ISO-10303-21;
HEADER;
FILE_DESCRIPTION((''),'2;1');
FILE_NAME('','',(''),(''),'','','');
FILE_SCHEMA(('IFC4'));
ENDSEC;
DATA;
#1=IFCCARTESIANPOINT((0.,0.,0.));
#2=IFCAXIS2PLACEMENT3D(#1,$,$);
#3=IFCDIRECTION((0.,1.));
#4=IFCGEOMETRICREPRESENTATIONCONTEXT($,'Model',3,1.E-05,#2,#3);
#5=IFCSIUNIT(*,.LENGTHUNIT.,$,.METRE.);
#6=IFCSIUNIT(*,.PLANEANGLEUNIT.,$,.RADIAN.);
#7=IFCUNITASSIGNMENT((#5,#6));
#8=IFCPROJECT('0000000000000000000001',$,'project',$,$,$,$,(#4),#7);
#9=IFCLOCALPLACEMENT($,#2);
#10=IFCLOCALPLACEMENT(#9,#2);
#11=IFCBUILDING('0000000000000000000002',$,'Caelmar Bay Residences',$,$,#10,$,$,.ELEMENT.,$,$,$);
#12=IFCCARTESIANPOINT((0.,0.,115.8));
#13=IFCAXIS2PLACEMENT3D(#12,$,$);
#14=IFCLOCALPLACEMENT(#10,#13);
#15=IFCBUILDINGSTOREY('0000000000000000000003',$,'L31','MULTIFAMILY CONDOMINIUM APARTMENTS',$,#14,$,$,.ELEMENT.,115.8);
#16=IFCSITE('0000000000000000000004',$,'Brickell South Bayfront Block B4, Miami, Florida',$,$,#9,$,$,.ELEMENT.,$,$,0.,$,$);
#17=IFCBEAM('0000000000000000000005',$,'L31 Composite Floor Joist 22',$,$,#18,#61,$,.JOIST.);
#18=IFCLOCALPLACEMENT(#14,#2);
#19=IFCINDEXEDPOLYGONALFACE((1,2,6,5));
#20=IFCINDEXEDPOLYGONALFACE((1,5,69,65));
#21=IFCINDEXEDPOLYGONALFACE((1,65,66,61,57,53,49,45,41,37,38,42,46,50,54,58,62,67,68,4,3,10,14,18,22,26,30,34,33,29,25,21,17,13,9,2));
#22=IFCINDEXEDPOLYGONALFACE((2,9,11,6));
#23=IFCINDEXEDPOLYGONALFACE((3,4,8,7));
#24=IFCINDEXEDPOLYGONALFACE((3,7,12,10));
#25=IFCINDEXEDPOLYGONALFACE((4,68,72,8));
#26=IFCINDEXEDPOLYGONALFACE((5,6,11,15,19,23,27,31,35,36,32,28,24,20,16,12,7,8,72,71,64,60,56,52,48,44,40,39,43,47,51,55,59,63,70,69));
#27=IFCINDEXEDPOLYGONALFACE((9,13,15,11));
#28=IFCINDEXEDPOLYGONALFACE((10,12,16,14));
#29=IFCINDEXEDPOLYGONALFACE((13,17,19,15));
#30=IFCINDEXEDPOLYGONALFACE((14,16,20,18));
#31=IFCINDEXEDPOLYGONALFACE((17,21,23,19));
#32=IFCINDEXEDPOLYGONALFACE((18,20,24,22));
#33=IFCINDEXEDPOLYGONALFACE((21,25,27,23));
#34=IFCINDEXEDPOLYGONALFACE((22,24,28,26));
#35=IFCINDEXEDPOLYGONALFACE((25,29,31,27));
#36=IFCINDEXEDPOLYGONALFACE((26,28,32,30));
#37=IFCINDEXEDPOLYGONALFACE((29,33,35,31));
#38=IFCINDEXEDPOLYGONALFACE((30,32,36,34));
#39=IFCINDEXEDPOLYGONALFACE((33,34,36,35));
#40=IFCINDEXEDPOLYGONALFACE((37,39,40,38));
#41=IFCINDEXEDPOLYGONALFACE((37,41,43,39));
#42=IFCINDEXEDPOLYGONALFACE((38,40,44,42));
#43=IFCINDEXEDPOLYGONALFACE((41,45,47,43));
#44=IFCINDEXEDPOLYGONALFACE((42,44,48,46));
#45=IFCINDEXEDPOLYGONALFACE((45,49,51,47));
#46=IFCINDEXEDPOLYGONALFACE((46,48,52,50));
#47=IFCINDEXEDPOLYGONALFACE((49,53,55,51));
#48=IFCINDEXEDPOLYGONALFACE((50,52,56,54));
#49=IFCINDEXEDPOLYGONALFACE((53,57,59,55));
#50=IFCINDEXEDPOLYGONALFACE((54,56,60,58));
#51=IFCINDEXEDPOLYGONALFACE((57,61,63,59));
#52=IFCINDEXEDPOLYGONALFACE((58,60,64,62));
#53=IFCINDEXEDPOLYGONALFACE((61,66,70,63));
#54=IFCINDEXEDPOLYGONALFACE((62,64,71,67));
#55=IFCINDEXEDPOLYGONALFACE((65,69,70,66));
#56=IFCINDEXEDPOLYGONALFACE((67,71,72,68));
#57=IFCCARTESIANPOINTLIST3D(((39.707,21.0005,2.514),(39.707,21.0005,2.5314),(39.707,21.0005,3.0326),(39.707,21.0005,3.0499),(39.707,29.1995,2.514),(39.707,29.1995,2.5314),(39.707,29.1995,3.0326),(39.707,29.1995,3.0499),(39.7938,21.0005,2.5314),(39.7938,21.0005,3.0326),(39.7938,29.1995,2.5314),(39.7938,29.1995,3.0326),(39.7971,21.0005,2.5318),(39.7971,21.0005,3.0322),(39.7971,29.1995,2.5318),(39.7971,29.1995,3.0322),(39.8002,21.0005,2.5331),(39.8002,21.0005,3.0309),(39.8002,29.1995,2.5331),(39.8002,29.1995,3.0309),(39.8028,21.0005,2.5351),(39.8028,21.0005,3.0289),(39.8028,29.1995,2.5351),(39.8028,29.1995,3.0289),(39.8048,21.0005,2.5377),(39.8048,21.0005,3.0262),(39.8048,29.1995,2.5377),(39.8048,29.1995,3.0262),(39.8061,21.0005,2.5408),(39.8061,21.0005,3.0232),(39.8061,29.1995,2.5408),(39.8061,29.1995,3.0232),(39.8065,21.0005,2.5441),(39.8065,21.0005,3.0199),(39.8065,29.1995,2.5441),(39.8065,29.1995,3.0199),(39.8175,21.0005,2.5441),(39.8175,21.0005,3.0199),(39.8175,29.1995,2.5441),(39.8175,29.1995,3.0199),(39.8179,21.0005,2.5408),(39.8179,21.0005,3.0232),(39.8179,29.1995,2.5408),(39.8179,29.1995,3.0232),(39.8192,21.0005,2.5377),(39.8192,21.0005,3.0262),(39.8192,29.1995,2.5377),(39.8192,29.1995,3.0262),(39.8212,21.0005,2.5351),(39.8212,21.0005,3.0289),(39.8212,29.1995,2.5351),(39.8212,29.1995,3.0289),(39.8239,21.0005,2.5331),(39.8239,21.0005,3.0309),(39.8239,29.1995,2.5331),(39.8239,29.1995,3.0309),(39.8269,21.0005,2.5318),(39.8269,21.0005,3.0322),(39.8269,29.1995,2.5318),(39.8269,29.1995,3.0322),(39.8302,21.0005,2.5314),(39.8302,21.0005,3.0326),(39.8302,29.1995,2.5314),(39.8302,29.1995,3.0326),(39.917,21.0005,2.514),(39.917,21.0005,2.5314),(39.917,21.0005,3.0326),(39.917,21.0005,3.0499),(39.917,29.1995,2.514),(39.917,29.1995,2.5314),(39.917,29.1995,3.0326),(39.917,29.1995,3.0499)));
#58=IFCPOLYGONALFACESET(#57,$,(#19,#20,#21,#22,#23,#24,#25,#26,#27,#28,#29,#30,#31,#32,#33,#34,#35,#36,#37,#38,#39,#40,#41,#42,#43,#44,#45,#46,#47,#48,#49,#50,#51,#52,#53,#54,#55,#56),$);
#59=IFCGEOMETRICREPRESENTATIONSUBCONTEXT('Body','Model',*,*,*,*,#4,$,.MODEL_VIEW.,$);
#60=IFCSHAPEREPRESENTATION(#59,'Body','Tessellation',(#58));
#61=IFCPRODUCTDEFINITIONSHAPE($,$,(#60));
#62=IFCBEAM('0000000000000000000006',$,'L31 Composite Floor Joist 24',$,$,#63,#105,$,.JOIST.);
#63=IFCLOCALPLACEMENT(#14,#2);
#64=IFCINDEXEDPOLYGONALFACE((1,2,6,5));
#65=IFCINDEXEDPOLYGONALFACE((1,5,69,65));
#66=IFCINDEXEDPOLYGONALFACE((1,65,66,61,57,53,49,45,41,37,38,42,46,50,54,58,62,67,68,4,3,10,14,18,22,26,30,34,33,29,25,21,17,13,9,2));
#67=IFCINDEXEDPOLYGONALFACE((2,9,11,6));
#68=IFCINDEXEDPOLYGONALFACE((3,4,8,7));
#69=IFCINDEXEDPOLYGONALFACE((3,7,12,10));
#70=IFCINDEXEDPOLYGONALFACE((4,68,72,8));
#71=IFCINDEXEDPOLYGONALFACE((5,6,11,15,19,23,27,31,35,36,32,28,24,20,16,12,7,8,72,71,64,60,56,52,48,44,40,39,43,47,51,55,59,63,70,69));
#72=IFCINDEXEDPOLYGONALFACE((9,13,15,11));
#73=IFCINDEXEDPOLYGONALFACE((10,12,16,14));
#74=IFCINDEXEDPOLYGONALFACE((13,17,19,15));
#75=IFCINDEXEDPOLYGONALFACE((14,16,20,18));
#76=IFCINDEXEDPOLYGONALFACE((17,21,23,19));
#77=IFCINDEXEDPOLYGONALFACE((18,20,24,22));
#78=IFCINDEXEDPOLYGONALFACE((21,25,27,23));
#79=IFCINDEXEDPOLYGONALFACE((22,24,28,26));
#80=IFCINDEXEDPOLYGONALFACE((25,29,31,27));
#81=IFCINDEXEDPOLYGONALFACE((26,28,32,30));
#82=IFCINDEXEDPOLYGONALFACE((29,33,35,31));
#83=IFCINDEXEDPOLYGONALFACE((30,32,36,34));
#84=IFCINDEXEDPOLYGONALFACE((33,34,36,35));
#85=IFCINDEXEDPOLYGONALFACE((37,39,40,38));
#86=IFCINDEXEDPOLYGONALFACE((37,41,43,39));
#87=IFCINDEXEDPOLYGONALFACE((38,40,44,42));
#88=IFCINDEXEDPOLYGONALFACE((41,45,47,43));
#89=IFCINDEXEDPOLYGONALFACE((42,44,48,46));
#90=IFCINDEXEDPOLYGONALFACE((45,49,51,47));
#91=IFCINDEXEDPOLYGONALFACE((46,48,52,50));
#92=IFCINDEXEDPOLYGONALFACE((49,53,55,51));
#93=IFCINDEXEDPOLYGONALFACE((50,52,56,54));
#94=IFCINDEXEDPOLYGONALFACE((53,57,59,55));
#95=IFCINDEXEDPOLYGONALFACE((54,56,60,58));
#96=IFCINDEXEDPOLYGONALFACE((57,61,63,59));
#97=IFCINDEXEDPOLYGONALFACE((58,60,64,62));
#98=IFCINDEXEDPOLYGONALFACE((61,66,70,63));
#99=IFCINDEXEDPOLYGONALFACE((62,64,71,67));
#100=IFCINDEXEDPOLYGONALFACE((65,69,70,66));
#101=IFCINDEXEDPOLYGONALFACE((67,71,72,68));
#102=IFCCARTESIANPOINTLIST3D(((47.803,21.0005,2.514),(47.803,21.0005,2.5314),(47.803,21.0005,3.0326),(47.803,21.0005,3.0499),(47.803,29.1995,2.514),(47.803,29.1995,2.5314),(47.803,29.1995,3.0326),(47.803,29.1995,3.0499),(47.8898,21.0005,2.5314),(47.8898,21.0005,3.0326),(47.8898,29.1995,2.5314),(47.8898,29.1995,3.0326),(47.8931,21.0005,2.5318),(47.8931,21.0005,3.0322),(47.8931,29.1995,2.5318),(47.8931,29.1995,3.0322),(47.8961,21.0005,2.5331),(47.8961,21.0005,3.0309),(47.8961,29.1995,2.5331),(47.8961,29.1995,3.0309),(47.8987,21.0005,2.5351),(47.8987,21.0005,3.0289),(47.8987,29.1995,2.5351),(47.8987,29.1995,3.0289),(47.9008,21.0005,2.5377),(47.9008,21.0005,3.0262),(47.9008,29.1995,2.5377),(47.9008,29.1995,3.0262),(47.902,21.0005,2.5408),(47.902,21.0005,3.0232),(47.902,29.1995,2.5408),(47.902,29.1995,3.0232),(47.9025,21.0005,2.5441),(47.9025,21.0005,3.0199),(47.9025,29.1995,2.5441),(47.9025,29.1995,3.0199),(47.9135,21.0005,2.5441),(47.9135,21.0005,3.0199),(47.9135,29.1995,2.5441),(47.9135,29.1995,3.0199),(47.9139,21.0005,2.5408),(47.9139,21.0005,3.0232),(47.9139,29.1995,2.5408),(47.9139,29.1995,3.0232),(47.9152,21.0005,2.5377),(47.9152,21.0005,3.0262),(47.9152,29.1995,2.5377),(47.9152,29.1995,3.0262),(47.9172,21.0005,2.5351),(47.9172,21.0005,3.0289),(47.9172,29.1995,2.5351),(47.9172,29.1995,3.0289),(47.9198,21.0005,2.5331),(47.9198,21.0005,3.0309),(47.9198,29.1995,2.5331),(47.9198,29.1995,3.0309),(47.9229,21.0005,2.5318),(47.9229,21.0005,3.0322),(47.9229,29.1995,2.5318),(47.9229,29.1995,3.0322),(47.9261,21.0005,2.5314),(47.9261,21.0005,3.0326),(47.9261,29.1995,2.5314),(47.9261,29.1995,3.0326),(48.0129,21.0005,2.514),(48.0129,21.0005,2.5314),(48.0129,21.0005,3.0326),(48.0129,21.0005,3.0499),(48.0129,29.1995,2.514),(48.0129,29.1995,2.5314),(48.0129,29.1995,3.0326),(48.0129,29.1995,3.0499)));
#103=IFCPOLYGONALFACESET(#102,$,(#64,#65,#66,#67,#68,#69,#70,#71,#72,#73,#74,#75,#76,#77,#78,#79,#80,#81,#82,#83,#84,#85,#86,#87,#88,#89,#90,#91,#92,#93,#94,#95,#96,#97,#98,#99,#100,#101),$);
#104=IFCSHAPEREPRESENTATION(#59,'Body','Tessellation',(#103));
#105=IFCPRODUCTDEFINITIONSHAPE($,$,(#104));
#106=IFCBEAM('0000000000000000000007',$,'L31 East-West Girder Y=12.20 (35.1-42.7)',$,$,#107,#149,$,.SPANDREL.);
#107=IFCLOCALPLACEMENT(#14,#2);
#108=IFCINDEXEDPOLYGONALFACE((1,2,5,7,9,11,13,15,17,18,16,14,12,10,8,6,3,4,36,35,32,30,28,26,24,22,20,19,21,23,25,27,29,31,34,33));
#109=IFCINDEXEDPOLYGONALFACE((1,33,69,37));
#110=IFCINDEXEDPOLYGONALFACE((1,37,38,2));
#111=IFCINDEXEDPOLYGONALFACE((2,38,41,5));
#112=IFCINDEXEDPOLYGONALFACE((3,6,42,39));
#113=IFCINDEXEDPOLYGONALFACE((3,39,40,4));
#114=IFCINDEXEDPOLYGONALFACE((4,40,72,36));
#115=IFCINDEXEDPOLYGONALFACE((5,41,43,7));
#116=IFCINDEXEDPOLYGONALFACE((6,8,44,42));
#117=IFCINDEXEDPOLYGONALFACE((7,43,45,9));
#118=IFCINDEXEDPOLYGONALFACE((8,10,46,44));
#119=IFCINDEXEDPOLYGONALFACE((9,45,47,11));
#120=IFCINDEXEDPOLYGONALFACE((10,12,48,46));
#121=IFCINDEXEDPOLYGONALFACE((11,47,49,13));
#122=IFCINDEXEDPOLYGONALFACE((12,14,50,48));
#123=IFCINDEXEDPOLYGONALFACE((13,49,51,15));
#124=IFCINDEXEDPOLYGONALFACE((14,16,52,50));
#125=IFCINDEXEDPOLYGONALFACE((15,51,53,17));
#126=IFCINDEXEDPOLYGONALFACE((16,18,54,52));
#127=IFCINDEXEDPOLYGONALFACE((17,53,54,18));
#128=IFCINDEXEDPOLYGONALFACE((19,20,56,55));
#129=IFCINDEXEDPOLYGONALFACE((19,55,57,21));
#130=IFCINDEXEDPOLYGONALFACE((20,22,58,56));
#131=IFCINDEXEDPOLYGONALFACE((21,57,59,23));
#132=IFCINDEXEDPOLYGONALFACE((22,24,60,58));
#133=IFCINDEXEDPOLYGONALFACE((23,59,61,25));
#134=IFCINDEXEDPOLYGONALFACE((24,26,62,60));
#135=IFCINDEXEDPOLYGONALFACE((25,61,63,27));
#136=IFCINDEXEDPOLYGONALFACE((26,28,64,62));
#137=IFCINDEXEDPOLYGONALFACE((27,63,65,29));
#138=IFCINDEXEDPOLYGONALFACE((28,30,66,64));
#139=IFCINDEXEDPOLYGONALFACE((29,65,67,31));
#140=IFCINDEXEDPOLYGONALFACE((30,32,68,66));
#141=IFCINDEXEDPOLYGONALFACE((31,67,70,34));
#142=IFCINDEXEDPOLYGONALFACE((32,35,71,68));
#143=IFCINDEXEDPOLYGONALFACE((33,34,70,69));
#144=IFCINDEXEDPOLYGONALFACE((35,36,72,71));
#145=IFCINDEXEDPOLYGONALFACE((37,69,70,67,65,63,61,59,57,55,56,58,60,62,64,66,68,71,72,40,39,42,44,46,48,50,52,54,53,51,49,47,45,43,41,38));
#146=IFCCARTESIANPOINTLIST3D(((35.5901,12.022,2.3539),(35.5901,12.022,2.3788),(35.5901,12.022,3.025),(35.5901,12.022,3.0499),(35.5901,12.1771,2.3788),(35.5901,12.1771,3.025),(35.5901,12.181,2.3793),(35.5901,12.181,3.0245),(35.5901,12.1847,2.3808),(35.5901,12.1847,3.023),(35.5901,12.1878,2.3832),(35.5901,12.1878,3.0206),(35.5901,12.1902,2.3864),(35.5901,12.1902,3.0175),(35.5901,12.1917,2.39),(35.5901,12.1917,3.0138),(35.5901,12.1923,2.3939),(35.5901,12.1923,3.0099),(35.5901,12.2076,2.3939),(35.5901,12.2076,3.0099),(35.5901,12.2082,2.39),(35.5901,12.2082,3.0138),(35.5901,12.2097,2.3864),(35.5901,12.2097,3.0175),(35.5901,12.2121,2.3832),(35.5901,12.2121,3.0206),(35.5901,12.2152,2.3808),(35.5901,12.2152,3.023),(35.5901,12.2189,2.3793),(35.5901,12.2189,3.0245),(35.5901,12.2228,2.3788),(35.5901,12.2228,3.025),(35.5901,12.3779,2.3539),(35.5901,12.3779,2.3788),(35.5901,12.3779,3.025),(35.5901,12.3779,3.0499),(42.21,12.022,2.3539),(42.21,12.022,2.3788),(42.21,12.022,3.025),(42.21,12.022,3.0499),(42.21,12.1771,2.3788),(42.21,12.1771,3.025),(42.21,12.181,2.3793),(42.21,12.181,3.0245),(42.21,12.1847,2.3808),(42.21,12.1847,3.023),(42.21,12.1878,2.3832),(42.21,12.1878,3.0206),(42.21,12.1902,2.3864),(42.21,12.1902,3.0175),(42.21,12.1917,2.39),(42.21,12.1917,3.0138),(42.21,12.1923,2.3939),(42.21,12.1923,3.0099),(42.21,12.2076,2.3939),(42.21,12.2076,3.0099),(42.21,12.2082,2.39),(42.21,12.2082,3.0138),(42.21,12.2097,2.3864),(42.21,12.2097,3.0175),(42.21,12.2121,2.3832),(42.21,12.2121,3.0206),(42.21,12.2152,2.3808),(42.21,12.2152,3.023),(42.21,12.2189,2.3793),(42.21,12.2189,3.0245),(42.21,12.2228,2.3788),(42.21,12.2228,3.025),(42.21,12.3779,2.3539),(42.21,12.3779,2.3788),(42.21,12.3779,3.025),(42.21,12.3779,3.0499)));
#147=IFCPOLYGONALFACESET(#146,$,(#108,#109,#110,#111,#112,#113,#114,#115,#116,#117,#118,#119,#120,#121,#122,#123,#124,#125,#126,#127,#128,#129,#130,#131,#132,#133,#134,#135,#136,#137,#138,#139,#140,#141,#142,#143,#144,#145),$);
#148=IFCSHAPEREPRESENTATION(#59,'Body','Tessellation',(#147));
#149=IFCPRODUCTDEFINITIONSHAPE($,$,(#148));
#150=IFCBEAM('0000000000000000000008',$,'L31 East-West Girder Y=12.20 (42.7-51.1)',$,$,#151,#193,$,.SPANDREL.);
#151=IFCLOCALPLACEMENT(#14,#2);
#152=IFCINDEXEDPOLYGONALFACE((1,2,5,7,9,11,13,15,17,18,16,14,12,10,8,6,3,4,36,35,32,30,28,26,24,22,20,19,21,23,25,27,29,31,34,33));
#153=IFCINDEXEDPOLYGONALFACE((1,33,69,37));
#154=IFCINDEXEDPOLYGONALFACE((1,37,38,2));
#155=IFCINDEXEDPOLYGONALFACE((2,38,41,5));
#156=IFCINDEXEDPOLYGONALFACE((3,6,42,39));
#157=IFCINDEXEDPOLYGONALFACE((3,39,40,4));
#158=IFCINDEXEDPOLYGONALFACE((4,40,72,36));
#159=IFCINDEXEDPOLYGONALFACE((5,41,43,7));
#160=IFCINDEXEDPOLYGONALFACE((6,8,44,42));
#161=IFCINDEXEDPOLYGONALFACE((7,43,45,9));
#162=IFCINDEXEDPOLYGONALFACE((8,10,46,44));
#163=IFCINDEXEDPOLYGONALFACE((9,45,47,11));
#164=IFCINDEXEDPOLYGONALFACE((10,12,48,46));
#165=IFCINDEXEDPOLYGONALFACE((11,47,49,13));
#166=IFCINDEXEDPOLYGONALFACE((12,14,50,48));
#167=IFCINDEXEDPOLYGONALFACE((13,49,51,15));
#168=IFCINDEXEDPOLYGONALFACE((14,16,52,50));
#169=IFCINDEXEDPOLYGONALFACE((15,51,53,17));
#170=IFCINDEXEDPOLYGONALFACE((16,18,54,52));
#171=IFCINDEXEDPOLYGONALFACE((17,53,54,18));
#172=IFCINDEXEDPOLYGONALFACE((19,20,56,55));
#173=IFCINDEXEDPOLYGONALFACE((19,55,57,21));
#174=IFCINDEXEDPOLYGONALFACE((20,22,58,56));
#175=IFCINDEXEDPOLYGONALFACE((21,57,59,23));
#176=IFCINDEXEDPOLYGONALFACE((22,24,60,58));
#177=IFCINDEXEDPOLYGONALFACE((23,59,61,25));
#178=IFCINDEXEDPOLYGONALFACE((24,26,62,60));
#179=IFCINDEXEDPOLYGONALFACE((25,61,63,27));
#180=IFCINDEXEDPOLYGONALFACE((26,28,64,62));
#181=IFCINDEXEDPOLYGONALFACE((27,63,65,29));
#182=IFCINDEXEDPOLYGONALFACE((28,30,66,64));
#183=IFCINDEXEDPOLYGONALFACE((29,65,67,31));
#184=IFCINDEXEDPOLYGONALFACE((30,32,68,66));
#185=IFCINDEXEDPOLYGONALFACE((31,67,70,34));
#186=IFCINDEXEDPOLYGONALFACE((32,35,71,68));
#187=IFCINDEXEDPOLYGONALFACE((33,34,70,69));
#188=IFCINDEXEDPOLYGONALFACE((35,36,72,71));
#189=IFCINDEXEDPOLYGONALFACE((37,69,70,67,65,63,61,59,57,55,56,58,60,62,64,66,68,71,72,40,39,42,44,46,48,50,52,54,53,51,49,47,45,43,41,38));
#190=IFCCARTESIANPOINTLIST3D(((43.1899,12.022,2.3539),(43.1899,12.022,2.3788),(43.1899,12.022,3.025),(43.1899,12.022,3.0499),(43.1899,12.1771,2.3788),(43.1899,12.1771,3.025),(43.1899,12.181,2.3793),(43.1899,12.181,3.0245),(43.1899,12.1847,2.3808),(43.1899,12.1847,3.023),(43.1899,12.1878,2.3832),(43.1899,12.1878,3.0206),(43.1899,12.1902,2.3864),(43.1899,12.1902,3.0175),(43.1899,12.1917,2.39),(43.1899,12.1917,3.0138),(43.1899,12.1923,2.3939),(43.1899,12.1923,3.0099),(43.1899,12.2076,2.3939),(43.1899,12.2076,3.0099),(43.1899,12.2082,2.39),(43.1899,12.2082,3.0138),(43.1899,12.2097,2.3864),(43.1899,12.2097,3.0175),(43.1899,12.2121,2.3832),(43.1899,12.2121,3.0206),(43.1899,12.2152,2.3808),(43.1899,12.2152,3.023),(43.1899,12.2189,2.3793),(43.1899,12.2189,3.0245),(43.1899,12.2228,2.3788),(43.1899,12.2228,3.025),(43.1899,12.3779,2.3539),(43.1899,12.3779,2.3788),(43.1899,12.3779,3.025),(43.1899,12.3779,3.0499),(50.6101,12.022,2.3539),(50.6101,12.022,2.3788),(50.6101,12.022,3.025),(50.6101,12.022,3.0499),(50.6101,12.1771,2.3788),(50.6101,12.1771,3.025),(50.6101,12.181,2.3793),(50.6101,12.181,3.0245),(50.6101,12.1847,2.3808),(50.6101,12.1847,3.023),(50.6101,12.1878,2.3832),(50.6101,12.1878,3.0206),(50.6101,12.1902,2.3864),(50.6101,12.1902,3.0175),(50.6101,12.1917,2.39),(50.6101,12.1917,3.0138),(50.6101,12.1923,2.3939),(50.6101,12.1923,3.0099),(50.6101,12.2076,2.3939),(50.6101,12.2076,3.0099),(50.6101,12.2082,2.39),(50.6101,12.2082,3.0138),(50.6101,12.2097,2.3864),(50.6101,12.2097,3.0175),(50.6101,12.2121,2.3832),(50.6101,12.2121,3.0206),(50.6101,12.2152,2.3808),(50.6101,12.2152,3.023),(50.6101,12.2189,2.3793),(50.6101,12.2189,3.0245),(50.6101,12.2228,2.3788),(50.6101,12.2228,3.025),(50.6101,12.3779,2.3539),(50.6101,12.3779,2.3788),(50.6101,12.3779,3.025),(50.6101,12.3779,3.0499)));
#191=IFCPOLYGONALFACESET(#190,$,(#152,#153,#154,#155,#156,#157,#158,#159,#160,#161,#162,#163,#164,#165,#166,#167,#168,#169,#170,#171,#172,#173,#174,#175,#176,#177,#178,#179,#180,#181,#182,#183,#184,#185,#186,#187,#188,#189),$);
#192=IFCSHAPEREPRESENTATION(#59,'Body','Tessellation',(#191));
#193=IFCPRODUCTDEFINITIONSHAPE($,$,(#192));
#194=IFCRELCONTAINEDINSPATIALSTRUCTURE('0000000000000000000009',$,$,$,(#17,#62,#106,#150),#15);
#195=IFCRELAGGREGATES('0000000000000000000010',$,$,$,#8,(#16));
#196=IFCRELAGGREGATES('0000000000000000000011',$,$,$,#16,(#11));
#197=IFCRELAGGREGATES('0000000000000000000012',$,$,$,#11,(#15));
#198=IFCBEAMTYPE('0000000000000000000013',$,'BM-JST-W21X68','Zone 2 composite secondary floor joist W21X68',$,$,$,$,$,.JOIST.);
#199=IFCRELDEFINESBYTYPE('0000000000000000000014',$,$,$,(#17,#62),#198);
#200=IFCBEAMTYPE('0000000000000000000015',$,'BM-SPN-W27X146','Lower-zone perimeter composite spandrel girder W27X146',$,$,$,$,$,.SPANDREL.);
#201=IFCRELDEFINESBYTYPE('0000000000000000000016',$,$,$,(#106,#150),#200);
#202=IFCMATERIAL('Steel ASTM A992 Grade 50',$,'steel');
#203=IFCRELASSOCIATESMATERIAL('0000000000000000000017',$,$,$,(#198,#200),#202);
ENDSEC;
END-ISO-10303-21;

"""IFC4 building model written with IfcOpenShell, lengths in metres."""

from ifc_helpers import new_model, si_unit, direction, frame, origin, origin_2d, place, context, subcontext, project, spatial, i_section, extrude, material, material_profile, profile_set, type_object, element, save


model = new_model("IFC4")

# Units and contexts
model_context = context("Model", 3, precision=1e-05, world=origin(), true_north=direction((0.0, 1.0)))
body_context = subcontext(model_context, "Body", "Model", "MODEL_VIEW")
ifc_project = project(units=[si_unit("LENGTHUNIT", "METRE"), si_unit("PLANEANGLEUNIT", "RADIAN")], contexts=[model_context])

# Site, building, storey
site_placement = place(None, origin())
site = spatial("IfcSite", under=ifc_project, at=site_placement, Name="Brickell South Bayfront Block B4, Miami, Florida", CompositionType="ELEMENT", RefElevation=0.0)
building_placement = place(site_placement, origin())
building = spatial("IfcBuilding", under=site, at=building_placement, Name="Caelmar Bay Residences", CompositionType="ELEMENT")
storey_placement = place(building_placement, frame((0.0, 0.0, 115.8)))
storey = spatial("IfcBuildingStorey", under=building, at=storey_placement, Name="L31", Description="MULTIFAMILY CONDOMINIUM APARTMENTS", CompositionType="ELEMENT", Elevation=115.8)

# Beams
ifc_material_1 = material(Name="Steel ASTM A992 Grade 50", Category="steel")
ifc_material_profile_1 = material_profile(ifc_material_1, i_section(OverallWidth=0.21, OverallDepth=0.5359, WebThickness=0.011, FlangeThickness=0.0173, FilletRadius=0.0127, at=origin_2d()), Name="W21X68")
ifc_profile_set_1 = profile_set([ifc_material_profile_1], Name="Steel ASTM A992 Grade 50")
beam_type_1 = type_object("IfcBeamType", Name="BM-JST-W21X68", Description="Zone 2 composite secondary floor joist W21X68", PredefinedType="JOIST", material=ifc_profile_set_1)
for number, where, z_axis, x_axis, name in (
    (1, (39.812, 21.0005, 2.782), (0.0, 1.0, 0.0), (-1.0, 0.0, 0.0), "L31 Composite Floor Joist 22"),
    (2, (47.908, 21.0005, 2.782), (0.0, 1.0, 0.0), (-1.0, 0.0, 0.0), "L31 Composite Floor Joist 24"),
):
    element("IfcBeam", number, at=place(storey_placement, frame(where, z_axis=z_axis, x_axis=x_axis)), inside=storey, type_object=beam_type_1, Name=name, PredefinedType="JOIST", context=body_context, shape_type="SweptSolid", body=[
        extrude(i_section(OverallWidth=0.21, OverallDepth=0.5359, WebThickness=0.011, FlangeThickness=0.0173, FilletRadius=0.0127, at=origin_2d()), origin(), (0.0, 0.0, 1.0), 8.199),
    ])
ifc_material_profile_2 = material_profile(ifc_material_1, i_section(OverallWidth=0.356, OverallDepth=0.696, WebThickness=0.0154, FlangeThickness=0.0249, FilletRadius=0.0151, at=origin_2d()), Name="W27X146")
ifc_profile_set_2 = profile_set([ifc_material_profile_2], Name="Steel ASTM A992 Grade 50")
beam_type_2 = type_object("IfcBeamType", Name="BM-SPN-W27X146", Description="Lower-zone perimeter composite spandrel girder W27X146", PredefinedType="SPANDREL", material=ifc_profile_set_2)
beam_1_placement = place(storey_placement, frame((35.5901, 12.2, 2.7019), z_axis=(1.0, 0.0, 0.0), x_axis=(0.0, 1.0, 0.0)))
element("IfcBeam", 3, at=beam_1_placement, inside=storey, type_object=beam_type_2, Name="L31 East-West Girder Y=12.20 (35.1-42.7)", PredefinedType="SPANDREL", context=body_context, shape_type="SweptSolid", body=[
    extrude(i_section(OverallWidth=0.356, OverallDepth=0.696, WebThickness=0.0154, FlangeThickness=0.0249, FilletRadius=0.0151, at=origin_2d()), origin(), (0.0, 0.0, 1.0), 6.6199),
])
beam_2_placement = place(storey_placement, frame((43.1899, 12.2, 2.7019), z_axis=(1.0, 0.0, 0.0), x_axis=(0.0, 1.0, 0.0)))
element("IfcBeam", 4, at=beam_2_placement, inside=storey, type_object=beam_type_2, Name="L31 East-West Girder Y=12.20 (42.7-51.1)", PredefinedType="SPANDREL", context=body_context, shape_type="SweptSolid", body=[
    extrude(i_section(OverallWidth=0.356, OverallDepth=0.696, WebThickness=0.0154, FlangeThickness=0.0249, FilletRadius=0.0151, at=origin_2d()), origin(), (0.0, 0.0, 1.0), 7.4202),
])

save(model, "model.ifc")
